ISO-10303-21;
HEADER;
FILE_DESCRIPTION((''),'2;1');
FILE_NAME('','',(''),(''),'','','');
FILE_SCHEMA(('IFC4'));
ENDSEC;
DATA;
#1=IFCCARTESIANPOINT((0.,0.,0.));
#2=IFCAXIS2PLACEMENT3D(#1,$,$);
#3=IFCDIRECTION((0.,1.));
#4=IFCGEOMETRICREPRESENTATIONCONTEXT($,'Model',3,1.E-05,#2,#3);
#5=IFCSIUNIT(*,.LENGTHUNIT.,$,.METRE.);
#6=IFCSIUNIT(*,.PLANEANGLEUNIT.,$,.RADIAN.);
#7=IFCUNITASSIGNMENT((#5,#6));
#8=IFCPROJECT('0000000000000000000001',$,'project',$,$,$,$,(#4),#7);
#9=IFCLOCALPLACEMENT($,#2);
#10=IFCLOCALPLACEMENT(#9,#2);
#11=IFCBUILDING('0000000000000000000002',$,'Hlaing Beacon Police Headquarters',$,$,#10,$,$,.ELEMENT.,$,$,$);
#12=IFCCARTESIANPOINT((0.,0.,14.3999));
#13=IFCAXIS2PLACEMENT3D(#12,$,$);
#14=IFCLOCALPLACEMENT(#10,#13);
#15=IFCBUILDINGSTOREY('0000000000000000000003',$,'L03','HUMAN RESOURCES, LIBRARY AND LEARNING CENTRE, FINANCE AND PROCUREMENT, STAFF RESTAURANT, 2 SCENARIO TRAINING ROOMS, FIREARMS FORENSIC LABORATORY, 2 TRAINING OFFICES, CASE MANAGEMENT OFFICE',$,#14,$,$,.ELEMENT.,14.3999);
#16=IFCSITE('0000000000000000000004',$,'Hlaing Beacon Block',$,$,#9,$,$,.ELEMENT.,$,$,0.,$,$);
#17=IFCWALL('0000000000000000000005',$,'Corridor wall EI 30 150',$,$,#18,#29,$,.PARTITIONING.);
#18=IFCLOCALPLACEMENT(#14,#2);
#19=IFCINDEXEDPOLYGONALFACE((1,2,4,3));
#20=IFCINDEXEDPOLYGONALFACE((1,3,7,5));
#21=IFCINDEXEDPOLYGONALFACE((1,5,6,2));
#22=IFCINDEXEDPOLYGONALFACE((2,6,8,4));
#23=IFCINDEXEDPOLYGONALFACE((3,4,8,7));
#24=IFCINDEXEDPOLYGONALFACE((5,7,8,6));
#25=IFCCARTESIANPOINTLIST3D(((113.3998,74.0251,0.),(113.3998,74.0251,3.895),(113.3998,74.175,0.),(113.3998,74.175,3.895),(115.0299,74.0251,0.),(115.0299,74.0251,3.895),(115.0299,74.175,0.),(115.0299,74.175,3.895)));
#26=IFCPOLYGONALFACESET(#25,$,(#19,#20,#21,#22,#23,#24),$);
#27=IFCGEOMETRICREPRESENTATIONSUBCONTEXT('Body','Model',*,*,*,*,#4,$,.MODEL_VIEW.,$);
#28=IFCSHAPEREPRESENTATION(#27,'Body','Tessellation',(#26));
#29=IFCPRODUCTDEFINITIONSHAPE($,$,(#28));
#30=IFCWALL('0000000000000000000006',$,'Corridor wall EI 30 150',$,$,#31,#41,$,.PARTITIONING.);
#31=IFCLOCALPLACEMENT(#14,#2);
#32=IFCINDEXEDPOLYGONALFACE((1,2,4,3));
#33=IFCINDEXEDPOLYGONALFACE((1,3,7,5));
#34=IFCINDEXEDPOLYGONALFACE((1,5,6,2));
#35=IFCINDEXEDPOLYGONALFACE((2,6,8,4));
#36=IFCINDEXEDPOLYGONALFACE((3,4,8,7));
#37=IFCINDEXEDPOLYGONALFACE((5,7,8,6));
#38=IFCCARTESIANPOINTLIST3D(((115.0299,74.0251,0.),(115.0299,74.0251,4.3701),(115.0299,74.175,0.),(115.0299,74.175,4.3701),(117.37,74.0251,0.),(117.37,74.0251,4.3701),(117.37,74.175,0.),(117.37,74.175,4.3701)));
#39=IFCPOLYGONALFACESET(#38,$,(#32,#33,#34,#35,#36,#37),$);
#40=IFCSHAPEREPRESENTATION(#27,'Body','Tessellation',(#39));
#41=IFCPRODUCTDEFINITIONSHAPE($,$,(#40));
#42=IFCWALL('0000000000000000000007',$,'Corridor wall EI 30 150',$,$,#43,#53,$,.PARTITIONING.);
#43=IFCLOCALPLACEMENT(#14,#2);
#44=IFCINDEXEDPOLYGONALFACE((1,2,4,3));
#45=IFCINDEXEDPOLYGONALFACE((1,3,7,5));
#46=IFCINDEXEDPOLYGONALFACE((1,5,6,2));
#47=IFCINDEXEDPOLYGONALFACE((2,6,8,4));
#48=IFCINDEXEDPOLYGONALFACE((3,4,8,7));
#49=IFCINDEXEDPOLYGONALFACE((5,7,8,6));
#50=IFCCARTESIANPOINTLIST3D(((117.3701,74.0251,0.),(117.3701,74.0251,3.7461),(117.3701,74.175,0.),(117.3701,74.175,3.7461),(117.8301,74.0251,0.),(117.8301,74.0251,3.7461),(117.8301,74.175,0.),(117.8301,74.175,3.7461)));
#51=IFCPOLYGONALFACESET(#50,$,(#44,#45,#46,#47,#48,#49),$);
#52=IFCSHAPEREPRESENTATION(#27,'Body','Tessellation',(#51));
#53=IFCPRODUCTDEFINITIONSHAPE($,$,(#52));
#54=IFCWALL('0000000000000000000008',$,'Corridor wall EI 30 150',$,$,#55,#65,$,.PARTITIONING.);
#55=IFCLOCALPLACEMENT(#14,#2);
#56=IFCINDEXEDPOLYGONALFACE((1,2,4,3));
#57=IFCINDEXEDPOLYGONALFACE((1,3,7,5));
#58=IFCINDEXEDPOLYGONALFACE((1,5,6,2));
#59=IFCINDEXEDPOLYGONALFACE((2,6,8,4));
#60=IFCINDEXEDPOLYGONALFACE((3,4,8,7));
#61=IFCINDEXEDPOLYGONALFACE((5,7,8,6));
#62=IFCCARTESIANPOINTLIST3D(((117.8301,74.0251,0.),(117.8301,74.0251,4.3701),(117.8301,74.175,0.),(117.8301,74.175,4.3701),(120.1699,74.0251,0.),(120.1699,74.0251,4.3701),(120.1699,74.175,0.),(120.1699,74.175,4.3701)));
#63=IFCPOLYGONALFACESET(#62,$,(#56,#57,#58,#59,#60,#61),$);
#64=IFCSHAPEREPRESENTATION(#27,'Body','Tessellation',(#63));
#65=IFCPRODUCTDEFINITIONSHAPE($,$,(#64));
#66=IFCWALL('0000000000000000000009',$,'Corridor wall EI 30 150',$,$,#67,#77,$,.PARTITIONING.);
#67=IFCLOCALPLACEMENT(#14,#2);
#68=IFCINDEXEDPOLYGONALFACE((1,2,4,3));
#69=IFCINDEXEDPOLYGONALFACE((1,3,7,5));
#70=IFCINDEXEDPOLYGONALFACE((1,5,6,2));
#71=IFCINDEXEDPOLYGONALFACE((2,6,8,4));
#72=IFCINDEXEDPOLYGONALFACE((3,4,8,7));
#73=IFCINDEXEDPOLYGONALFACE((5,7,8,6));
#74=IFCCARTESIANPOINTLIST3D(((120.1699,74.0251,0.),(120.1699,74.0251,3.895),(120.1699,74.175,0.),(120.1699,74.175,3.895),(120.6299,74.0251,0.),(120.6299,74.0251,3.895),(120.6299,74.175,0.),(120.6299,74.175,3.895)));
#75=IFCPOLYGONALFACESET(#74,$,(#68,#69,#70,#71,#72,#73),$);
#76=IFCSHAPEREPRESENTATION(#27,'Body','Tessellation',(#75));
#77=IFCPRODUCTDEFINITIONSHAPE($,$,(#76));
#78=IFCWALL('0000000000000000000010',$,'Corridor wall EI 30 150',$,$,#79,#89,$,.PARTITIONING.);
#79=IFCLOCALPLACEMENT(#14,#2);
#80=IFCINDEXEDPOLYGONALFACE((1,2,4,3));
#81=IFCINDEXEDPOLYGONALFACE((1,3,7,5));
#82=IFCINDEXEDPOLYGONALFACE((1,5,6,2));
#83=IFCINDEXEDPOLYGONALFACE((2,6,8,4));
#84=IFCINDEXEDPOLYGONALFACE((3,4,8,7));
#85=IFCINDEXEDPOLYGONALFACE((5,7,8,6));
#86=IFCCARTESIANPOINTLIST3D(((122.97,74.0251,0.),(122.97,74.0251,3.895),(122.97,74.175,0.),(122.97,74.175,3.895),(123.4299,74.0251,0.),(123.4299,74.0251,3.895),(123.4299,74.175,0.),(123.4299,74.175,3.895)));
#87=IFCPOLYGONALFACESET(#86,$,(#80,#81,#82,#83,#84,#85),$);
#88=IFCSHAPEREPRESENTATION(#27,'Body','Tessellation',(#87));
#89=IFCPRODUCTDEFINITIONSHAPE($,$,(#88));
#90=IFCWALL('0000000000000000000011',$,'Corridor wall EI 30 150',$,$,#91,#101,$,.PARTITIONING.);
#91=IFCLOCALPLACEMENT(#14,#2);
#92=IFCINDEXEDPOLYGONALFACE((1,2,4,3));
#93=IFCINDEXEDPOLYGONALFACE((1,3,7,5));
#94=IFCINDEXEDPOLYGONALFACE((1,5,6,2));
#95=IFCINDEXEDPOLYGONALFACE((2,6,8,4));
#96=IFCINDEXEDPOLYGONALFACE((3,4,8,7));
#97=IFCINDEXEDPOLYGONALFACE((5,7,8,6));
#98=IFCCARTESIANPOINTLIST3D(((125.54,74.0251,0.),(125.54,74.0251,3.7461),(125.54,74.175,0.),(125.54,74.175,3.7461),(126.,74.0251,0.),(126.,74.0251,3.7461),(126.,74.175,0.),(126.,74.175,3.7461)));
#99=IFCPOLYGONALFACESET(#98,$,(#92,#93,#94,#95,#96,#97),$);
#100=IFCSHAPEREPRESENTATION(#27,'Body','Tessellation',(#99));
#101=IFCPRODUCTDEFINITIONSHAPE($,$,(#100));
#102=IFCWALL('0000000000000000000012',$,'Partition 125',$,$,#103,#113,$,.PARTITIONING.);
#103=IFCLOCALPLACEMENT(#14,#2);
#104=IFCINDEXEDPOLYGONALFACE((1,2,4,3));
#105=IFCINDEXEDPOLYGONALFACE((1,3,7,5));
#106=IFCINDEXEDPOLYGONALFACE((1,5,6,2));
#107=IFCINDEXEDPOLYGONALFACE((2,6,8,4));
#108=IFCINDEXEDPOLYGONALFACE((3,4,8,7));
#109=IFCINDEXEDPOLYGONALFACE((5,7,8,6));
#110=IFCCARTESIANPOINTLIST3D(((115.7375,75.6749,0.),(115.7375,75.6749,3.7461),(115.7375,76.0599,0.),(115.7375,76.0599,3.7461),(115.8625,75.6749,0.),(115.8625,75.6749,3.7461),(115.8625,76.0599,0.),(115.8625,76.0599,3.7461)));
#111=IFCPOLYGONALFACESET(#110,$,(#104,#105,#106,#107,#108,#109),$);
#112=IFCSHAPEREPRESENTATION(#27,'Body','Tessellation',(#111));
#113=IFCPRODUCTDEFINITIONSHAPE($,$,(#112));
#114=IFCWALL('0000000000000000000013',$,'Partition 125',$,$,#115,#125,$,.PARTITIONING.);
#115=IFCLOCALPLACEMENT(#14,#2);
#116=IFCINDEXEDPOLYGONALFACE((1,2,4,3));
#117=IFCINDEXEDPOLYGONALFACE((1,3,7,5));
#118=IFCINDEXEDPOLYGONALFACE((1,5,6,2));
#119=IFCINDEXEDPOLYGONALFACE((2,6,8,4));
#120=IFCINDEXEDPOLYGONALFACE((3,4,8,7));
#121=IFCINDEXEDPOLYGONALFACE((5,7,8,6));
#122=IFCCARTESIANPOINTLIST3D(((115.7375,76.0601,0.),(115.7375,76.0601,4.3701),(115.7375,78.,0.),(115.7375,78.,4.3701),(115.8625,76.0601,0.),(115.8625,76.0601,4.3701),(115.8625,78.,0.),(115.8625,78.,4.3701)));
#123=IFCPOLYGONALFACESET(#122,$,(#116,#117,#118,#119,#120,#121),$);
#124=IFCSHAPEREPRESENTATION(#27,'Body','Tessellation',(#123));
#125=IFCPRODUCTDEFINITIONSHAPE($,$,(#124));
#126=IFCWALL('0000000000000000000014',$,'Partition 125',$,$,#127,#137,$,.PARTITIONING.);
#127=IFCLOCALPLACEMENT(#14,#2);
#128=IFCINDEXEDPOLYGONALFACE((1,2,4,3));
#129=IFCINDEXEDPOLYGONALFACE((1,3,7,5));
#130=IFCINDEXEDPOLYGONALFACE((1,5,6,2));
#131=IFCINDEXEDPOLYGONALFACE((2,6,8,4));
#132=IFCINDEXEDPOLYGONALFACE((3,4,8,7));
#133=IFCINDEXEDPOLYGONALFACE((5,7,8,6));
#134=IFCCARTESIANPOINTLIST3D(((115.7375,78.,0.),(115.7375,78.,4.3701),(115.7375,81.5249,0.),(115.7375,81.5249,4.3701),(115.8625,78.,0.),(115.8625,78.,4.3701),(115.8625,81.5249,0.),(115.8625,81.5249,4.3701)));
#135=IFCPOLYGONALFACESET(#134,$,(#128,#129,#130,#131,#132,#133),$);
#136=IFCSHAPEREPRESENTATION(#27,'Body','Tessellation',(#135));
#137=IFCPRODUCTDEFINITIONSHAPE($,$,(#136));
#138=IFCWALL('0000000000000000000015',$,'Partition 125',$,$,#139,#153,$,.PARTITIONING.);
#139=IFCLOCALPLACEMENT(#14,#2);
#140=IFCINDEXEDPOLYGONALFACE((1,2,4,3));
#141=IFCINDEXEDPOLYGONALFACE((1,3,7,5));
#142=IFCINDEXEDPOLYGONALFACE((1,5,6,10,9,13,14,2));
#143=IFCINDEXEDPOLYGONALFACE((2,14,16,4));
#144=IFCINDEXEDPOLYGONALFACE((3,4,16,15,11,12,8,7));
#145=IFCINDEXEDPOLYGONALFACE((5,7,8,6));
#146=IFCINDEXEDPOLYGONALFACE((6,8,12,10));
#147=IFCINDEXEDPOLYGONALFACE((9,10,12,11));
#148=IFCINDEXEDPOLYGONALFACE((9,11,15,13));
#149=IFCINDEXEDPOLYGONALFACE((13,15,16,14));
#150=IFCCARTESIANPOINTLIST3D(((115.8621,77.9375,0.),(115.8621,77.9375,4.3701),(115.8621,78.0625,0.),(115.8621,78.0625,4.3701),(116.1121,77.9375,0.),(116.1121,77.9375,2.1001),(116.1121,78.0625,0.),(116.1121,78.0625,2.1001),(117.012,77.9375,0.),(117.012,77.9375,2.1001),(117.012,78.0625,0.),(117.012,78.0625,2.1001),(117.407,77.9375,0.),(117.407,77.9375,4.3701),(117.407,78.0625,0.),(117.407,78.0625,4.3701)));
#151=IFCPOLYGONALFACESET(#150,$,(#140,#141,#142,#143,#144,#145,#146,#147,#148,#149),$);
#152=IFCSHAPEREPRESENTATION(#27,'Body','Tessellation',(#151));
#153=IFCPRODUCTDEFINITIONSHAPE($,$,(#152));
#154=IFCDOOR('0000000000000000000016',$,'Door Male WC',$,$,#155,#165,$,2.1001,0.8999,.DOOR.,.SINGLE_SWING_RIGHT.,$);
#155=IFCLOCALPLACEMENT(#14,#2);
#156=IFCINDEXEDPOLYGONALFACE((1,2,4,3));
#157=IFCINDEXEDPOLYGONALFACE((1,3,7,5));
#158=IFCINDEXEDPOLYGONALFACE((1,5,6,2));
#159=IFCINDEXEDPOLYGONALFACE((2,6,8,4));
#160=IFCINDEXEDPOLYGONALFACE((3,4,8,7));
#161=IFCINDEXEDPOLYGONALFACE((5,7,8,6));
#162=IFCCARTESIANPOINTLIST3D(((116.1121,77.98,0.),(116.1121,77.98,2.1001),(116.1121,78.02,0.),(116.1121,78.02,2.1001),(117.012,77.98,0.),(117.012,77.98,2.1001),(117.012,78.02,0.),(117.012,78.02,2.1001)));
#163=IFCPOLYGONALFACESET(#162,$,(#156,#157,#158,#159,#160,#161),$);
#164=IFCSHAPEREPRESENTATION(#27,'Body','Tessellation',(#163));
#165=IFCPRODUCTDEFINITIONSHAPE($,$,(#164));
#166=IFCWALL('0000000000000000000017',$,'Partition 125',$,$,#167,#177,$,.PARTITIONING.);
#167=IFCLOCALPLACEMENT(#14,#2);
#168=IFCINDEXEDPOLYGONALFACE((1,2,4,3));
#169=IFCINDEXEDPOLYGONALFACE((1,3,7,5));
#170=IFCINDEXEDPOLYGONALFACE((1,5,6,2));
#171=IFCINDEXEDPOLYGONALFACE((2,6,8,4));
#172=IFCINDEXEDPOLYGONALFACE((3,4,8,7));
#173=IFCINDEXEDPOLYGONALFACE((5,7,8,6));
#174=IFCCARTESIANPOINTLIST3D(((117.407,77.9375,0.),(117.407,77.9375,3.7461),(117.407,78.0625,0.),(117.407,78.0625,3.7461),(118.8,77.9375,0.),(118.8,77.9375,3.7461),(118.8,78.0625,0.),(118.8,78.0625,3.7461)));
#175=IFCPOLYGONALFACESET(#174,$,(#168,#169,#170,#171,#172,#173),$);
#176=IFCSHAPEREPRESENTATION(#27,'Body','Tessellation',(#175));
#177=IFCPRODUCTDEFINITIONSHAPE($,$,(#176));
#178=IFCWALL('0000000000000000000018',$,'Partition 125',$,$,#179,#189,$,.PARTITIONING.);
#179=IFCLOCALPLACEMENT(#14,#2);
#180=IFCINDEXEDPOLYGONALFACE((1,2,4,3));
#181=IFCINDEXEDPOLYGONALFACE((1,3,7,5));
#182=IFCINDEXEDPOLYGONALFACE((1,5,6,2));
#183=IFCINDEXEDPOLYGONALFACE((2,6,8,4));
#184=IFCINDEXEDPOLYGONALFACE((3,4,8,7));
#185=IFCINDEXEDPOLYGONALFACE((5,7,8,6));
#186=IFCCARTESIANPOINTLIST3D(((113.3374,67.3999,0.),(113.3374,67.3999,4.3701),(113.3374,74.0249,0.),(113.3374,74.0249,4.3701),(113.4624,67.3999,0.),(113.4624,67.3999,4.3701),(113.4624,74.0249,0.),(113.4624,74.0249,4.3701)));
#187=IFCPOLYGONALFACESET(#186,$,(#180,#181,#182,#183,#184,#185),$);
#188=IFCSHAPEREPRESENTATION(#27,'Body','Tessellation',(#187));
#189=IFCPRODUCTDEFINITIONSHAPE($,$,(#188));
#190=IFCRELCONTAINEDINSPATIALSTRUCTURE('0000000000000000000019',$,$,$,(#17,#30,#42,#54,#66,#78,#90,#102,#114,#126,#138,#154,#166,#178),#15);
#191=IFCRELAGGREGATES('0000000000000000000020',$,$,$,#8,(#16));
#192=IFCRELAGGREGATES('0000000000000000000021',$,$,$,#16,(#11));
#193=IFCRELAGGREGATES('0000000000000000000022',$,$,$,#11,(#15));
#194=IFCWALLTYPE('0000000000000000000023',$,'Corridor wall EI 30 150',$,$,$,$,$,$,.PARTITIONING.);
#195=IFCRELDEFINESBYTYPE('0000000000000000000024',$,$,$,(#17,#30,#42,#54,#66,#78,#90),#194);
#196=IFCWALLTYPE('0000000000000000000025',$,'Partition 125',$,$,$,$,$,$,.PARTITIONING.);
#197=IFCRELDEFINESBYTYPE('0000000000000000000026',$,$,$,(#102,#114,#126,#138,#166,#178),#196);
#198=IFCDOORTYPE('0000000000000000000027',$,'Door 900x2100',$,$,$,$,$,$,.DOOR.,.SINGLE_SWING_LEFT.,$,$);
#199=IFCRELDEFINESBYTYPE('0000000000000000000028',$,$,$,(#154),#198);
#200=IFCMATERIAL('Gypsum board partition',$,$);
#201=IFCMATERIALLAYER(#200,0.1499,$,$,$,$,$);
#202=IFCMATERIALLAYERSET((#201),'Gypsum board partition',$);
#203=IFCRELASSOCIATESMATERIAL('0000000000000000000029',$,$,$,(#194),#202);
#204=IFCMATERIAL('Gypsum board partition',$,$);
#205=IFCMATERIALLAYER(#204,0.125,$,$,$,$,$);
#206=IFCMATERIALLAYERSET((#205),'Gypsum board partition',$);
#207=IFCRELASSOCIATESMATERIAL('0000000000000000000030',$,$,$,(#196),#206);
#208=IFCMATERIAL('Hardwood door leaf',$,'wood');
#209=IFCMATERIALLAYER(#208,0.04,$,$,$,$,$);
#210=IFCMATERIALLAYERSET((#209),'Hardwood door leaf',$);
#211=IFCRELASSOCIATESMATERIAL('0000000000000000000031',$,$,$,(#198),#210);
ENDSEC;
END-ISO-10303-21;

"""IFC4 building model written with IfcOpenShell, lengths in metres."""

from ifc_helpers import new_model, si_unit, direction, frame, frame_2d, origin, place, context, subcontext, project, spatial, rectangle, extrude, material, layer, layer_set, type_object, element, fill, save


model = new_model("IFC4")

# Units and contexts
model_context = context("Model", 3, precision=1e-05, world=origin(), true_north=direction((0.0, 1.0)))
body_context = subcontext(model_context, "Body", "Model", "MODEL_VIEW")
ifc_project = project(units=[si_unit("LENGTHUNIT", "METRE"), si_unit("PLANEANGLEUNIT", "RADIAN")], contexts=[model_context])

# Site, building, storey
site_placement = place(None, origin())
site = spatial("IfcSite", under=ifc_project, at=site_placement, Name="Hlaing Beacon Block", CompositionType="ELEMENT", RefElevation=0.0)
building_placement = place(site_placement, origin())
building = spatial("IfcBuilding", under=site, at=building_placement, Name="Hlaing Beacon Police Headquarters", CompositionType="ELEMENT")
storey_placement = place(building_placement, frame((0.0, 0.0, 14.3999)))
storey = spatial("IfcBuildingStorey", under=building, at=storey_placement, Name="L03", Description="HUMAN RESOURCES, LIBRARY AND LEARNING CENTRE, FINANCE AND PROCUREMENT, STAFF RESTAURANT, 2 SCENARIO TRAINING ROOMS, FIREARMS FORENSIC LABORATORY, 2 TRAINING OFFICES, CASE MANAGEMENT OFFICE", CompositionType="ELEMENT", Elevation=14.3999)

# Shared definitions
ifc_material_1 = material(Name="Gypsum board partition")
ifc_layer_1 = layer(ifc_material_1, 0.1499)
ifc_layer_set_1 = layer_set([ifc_layer_1], Name="Gypsum board partition")
wall_type_1 = type_object("IfcWallType", Name="Corridor wall EI 30 150", PredefinedType="PARTITIONING", material=ifc_layer_set_1)

# Walls
wall_1_placement = place(storey_placement, frame((113.3999, 74.1001, 0.0), z_axis=(0.0, 0.0, 1.0), x_axis=(1.0, 0.0, 0.0)))
element("IfcWall", 1, at=wall_1_placement, inside=storey, type_object=wall_type_1, Name="Corridor wall EI 30 150", PredefinedType="PARTITIONING", context=body_context, shape_type="SweptSolid", body=[
    extrude(rectangle(XDim=1.6301, YDim=0.1499, at=frame_2d((0.8149, 0.0))), origin(), (0.0, 0.0, 1.0), 3.895),
])
wall_2_placement = place(storey_placement, frame((115.03, 74.1001, 0.0), z_axis=(0.0, 0.0, 1.0), x_axis=(1.0, 0.0, 0.0)))
element("IfcWall", 2, at=wall_2_placement, inside=storey, type_object=wall_type_1, Name="Corridor wall EI 30 150", PredefinedType="PARTITIONING", context=body_context, shape_type="SweptSolid", body=[
    extrude(rectangle(XDim=2.3401, YDim=0.1499, at=frame_2d((1.1699, 0.0))), origin(), (0.0, 0.0, 1.0), 4.3701),
])
wall_3_placement = place(storey_placement, frame((117.3701, 74.1001, 0.0), z_axis=(0.0, 0.0, 1.0), x_axis=(1.0, 0.0, 0.0)))
element("IfcWall", 3, at=wall_3_placement, inside=storey, type_object=wall_type_1, Name="Corridor wall EI 30 150", PredefinedType="PARTITIONING", context=body_context, shape_type="SweptSolid", body=[
    extrude(rectangle(XDim=0.46, YDim=0.1499, at=frame_2d((0.23, 0.0))), origin(), (0.0, 0.0, 1.0), 3.7461),
])
wall_4_placement = place(storey_placement, frame((117.8301, 74.1001, 0.0), z_axis=(0.0, 0.0, 1.0), x_axis=(1.0, 0.0, 0.0)))
element("IfcWall", 4, at=wall_4_placement, inside=storey, type_object=wall_type_1, Name="Corridor wall EI 30 150", PredefinedType="PARTITIONING", context=body_context, shape_type="SweptSolid", body=[
    extrude(rectangle(XDim=2.3398, YDim=0.1499, at=frame_2d((1.1699, 0.0))), origin(), (0.0, 0.0, 1.0), 4.3701),
])
wall_5_placement = place(storey_placement, frame((120.1699, 74.1001, 0.0), z_axis=(0.0, 0.0, 1.0), x_axis=(1.0, 0.0, 0.0)))
element("IfcWall", 5, at=wall_5_placement, inside=storey, type_object=wall_type_1, Name="Corridor wall EI 30 150", PredefinedType="PARTITIONING", context=body_context, shape_type="SweptSolid", body=[
    extrude(rectangle(XDim=0.46, YDim=0.1499, at=frame_2d((0.23, 0.0))), origin(), (0.0, 0.0, 1.0), 3.895),
])

# Wall
wall_6_placement = place(storey_placement, frame((122.97, 74.1001, 0.0), z_axis=(0.0, 0.0, 1.0), x_axis=(1.0, 0.0, 0.0)))
element("IfcWall", 6, at=wall_6_placement, inside=storey, type_object=wall_type_1, Name="Corridor wall EI 30 150", PredefinedType="PARTITIONING", context=body_context, shape_type="SweptSolid", body=[
    extrude(rectangle(XDim=0.46, YDim=0.1499, at=frame_2d((0.23, 0.0))), origin(), (0.0, 0.0, 1.0), 3.895),
])

# Walls
wall_7_placement = place(storey_placement, frame((125.54, 74.1001, 0.0), z_axis=(0.0, 0.0, 1.0), x_axis=(1.0, 0.0, 0.0)))
element("IfcWall", 7, at=wall_7_placement, inside=storey, type_object=wall_type_1, Name="Corridor wall EI 30 150", PredefinedType="PARTITIONING", context=body_context, shape_type="SweptSolid", body=[
    extrude(rectangle(XDim=0.46, YDim=0.1499, at=frame_2d((0.23, 0.0))), origin(), (0.0, 0.0, 1.0), 3.7461),
])
ifc_material_2 = material(Name="Gypsum board partition")
ifc_layer_2 = layer(ifc_material_2, 0.125)
ifc_layer_set_2 = layer_set([ifc_layer_2], Name="Gypsum board partition")
wall_type_2 = type_object("IfcWallType", Name="Partition 125", PredefinedType="PARTITIONING", material=ifc_layer_set_2)
wall_8_placement = place(storey_placement, frame((115.8, 75.675, 0.0), z_axis=(0.0, 0.0, 1.0), x_axis=(0.0, 1.0, 0.0)))
element("IfcWall", 8, at=wall_8_placement, inside=storey, type_object=wall_type_2, Name="Partition 125", PredefinedType="PARTITIONING", context=body_context, shape_type="SweptSolid", body=[
    extrude(rectangle(XDim=0.385, YDim=0.125, at=frame_2d((0.1924, 0.0))), origin(), (0.0, 0.0, 1.0), 3.7461),
])
wall_9_placement = place(storey_placement, frame((115.8, 76.0601, 0.0), z_axis=(0.0, 0.0, 1.0), x_axis=(0.0, 1.0, 0.0)))
element("IfcWall", 9, at=wall_9_placement, inside=storey, type_object=wall_type_2, Name="Partition 125", PredefinedType="PARTITIONING", context=body_context, shape_type="SweptSolid", body=[
    extrude(rectangle(XDim=1.9399, YDim=0.125, at=frame_2d((0.97, 0.0))), origin(), (0.0, 0.0, 1.0), 4.3701),
])
wall_10_placement = place(storey_placement, frame((115.8, 78.0, 0.0), z_axis=(0.0, 0.0, 1.0), x_axis=(0.0, 1.0, 0.0)))
element("IfcWall", 10, at=wall_10_placement, inside=storey, type_object=wall_type_2, Name="Partition 125", PredefinedType="PARTITIONING", context=body_context, shape_type="SweptSolid", body=[
    extrude(rectangle(XDim=3.5249, YDim=0.125, at=frame_2d((1.7625, 0.0))), origin(), (0.0, 0.0, 1.0), 4.3701),
])

# Wall, opening, door
wall_11_placement = place(storey_placement, frame((115.8621, 78.0, 0.0), z_axis=(0.0, 0.0, 1.0), x_axis=(1.0, 0.0, 0.0)))
wall_11 = element("IfcWall", 11, at=wall_11_placement, inside=storey, type_object=wall_type_2, Name="Partition 125", PredefinedType="PARTITIONING", context=body_context, shape_type="SweptSolid", body=[
    extrude(rectangle(XDim=1.5449, YDim=0.125, at=frame_2d((0.7725, 0.0))), origin(), (0.0, 0.0, 1.0), 4.3701),
])
opening_1_placement = place(wall_11_placement, frame((0.25, 0.0, 0.0)))
opening_1 = element("IfcOpeningElement", 12, at=opening_1_placement, cuts=wall_11, PredefinedType="OPENING", context=body_context, shape_type="SweptSolid", body=[
    extrude(rectangle(XDim=0.8999, YDim=2.1001, at=frame_2d((0.45, 1.05))), frame((0.0, 0.0725, 0.0), z_axis=(0.0, -1.0, 0.0), x_axis=(1.0, 0.0, 0.0)), (0.0, 0.0, 1.0), 0.145),
])
ifc_material_3 = material(Name="Hardwood door leaf", Category="wood")
ifc_layer_3 = layer(ifc_material_3, 0.04)
ifc_layer_set_3 = layer_set([ifc_layer_3], Name="Hardwood door leaf")
door_type_1 = type_object("IfcDoorType", Name="Door 900x2100", OperationType="SINGLE_SWING_LEFT", PredefinedType="DOOR", material=ifc_layer_set_3)
door_1_placement = place(opening_1_placement, origin())
door_1 = element("IfcDoor", 13, at=door_1_placement, inside=storey, type_object=door_type_1, Name="Door Male WC", OperationType="SINGLE_SWING_RIGHT", OverallHeight=2.1001, OverallWidth=0.8999, PredefinedType="DOOR", context=body_context, shape_type="SweptSolid", body=[
    extrude(rectangle(XDim=0.8999, YDim=2.1001, at=frame_2d((0.45, 1.05))), frame((0.0, 0.02, 0.0), z_axis=(0.0, -1.0, 0.0), x_axis=(1.0, 0.0, 0.0)), (0.0, 0.0, 1.0), 0.04),
])
fill(opening_1, door_1)

# Walls
wall_12_placement = place(storey_placement, frame((117.407, 78.0, 0.0), z_axis=(0.0, 0.0, 1.0), x_axis=(1.0, 0.0, 0.0)))
element("IfcWall", 14, at=wall_12_placement, inside=storey, type_object=wall_type_2, Name="Partition 125", PredefinedType="PARTITIONING", context=body_context, shape_type="SweptSolid", body=[
    extrude(rectangle(XDim=1.3931, YDim=0.125, at=frame_2d((0.6965, 0.0))), origin(), (0.0, 0.0, 1.0), 3.7461),
])
wall_13_placement = place(storey_placement, frame((113.3999, 67.3999, 0.0), z_axis=(0.0, 0.0, 1.0), x_axis=(0.0, 1.0, 0.0)))
element("IfcWall", 15, at=wall_13_placement, inside=storey, type_object=wall_type_2, Name="Partition 125", PredefinedType="PARTITIONING", context=body_context, shape_type="SweptSolid", body=[
    extrude(rectangle(XDim=6.625, YDim=0.125, at=frame_2d((3.3125, 0.0))), origin(), (0.0, 0.0, 1.0), 4.3701),
])

save(model, "model.ifc")
